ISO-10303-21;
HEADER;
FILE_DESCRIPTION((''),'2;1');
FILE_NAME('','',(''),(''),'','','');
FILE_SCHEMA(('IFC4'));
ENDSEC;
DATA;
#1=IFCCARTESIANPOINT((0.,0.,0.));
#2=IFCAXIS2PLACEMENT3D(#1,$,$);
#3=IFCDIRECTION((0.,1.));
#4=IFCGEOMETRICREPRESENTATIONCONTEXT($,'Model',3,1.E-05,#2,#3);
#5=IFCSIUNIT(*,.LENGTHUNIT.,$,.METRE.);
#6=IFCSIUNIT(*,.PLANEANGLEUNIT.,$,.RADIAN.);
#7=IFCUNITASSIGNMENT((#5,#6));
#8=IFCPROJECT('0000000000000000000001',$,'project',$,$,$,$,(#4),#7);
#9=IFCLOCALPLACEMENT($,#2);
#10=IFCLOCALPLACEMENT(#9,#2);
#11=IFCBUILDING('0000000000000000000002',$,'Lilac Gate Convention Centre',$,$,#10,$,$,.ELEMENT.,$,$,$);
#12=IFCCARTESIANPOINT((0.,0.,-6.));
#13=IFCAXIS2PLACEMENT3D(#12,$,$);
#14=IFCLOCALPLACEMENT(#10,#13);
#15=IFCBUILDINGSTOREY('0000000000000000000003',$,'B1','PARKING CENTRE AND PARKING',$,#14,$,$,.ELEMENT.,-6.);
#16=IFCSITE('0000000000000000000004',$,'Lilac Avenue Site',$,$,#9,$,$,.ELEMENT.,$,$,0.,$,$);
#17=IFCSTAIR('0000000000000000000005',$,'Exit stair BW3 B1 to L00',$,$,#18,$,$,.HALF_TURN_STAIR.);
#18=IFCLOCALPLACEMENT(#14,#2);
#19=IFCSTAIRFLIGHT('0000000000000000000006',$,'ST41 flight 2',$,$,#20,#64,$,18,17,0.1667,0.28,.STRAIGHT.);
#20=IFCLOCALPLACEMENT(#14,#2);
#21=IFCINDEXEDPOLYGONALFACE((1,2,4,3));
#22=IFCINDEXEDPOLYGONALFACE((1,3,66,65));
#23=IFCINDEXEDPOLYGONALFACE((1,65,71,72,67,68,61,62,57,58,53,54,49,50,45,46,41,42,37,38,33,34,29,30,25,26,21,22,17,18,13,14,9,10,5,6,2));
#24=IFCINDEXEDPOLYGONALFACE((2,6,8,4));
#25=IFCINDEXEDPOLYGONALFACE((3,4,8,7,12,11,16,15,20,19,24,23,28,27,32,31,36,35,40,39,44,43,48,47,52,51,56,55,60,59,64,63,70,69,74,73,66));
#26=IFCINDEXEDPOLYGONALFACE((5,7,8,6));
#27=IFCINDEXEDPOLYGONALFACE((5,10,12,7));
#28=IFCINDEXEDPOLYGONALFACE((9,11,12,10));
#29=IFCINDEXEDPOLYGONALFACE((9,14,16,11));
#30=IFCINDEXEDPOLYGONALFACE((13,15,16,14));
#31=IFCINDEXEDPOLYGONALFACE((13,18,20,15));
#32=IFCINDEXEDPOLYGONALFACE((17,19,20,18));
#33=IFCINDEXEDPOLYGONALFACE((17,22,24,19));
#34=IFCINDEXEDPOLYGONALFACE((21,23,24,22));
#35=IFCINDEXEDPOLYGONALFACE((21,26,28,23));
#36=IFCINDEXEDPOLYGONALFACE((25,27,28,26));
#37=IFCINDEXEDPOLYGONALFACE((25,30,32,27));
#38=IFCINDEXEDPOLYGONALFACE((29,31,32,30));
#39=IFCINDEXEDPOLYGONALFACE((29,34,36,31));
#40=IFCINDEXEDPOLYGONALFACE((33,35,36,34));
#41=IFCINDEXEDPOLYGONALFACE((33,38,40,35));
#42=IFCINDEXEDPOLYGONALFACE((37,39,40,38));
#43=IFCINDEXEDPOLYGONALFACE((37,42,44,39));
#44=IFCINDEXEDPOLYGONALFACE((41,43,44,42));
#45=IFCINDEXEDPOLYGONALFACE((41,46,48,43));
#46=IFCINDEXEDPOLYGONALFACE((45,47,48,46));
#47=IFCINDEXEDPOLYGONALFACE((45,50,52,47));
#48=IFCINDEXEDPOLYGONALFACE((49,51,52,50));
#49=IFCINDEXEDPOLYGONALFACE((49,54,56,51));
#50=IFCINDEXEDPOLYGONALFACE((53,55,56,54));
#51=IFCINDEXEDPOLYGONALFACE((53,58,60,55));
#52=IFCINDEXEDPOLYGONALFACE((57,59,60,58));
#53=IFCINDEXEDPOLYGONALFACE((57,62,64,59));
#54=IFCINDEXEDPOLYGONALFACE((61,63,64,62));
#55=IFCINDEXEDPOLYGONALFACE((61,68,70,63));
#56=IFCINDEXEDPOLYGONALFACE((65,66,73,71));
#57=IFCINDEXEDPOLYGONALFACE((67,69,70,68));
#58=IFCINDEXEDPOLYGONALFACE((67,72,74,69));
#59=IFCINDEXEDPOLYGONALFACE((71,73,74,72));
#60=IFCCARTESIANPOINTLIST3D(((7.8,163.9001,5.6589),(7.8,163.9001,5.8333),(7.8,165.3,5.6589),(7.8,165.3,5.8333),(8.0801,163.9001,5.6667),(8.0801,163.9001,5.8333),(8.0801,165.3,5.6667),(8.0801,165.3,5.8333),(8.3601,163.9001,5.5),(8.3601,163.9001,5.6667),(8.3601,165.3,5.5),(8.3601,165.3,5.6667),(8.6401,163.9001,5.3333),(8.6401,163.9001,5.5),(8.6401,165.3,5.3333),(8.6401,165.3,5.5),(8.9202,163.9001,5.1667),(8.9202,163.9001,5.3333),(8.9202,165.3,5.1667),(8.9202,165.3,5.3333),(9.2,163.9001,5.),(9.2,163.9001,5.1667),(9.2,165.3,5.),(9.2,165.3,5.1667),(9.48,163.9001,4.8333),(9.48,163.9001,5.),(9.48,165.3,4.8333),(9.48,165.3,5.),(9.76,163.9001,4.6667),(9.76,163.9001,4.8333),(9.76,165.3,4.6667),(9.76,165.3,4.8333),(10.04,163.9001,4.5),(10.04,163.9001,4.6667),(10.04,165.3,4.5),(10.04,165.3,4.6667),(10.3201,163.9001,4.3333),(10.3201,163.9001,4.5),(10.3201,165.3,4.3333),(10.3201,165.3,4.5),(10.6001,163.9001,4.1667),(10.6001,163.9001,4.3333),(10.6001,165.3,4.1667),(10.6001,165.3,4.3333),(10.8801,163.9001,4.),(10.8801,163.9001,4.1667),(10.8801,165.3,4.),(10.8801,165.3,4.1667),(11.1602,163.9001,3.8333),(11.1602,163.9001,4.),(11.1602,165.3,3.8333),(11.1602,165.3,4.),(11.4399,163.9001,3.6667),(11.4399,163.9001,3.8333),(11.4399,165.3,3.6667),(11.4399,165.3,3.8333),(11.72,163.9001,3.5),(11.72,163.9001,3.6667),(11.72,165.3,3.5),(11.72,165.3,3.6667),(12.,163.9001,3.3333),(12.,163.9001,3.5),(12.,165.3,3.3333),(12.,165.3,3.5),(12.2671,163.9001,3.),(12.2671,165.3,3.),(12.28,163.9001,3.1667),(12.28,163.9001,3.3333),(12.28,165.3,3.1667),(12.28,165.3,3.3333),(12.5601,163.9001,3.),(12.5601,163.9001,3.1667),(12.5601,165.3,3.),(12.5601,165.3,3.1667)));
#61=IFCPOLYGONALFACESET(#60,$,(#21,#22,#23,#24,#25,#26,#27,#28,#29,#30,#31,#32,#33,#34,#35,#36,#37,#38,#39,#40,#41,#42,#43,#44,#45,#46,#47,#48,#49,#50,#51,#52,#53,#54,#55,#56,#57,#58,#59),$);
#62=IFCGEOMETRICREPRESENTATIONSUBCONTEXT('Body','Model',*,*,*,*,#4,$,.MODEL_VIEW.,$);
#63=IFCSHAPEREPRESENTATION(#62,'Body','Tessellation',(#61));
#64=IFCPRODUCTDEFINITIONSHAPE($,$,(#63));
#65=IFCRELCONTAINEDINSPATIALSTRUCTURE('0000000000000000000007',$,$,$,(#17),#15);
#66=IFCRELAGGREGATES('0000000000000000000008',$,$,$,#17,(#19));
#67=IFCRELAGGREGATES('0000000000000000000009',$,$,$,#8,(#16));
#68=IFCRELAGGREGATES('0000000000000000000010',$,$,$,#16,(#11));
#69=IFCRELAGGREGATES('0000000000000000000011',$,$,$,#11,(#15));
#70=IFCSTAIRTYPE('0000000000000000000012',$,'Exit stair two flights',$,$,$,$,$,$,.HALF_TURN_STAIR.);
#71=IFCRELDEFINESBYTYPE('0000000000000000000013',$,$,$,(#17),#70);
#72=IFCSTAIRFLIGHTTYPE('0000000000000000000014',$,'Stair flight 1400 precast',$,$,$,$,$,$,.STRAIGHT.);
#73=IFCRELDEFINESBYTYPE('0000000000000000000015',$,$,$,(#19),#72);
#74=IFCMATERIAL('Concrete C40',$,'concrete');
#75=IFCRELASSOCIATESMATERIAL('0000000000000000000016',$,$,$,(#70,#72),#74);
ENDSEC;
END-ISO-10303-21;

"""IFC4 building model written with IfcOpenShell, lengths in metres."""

from ifc_helpers import new_model, si_unit, direction, frame, origin, place, context, subcontext, project, spatial, polyline, outline, extrude, material, type_object, element, aggregate, save


model = new_model("IFC4")

# Units and contexts
model_context = context("Model", 3, precision=1e-05, world=origin(), true_north=direction((0.0, 1.0)))
body_context = subcontext(model_context, "Body", "Model", "MODEL_VIEW")
ifc_project = project(units=[si_unit("LENGTHUNIT", "METRE"), si_unit("PLANEANGLEUNIT", "RADIAN")], contexts=[model_context])

# Site, building, storey
site_placement = place(None, origin())
site = spatial("IfcSite", under=ifc_project, at=site_placement, Name="Lilac Avenue Site", CompositionType="ELEMENT", RefElevation=0.0)
building_placement = place(site_placement, origin())
building = spatial("IfcBuilding", under=site, at=building_placement, Name="Lilac Gate Convention Centre", CompositionType="ELEMENT")
storey_placement = place(building_placement, frame((0.0, 0.0, -6.0)))
storey = spatial("IfcBuildingStorey", under=building, at=storey_placement, Name="B1", Description="PARKING CENTRE AND PARKING", CompositionType="ELEMENT", Elevation=-6.0)

# Shared definitions
ifc_material_1 = material(Name="Concrete C40", Category="concrete")

# Stair, stair flight
stair_type = type_object("IfcStairType", Name="Exit stair two flights", PredefinedType="HALF_TURN_STAIR", material=ifc_material_1)
stair_placement = place(storey_placement, origin())
stair = element("IfcStair", 1, at=stair_placement, inside=storey, type_object=stair_type, Name="Exit stair BW3 B1 to L00", PredefinedType="HALF_TURN_STAIR")
stair_flight_type = type_object("IfcStairFlightType", Name="Stair flight 1400 precast", PredefinedType="STRAIGHT", material=ifc_material_1)
stair_flight_1_placement = place(storey_placement, frame((12.5601, 164.6001, 3.0), z_axis=(0.0, 0.0, 1.0), x_axis=(-1.0, 0.0, 0.0)))
stair_flight_1 = element("IfcStairFlight", 2, at=stair_flight_1_placement, type_object=stair_flight_type, Name="ST41 flight 2", NumberOfRisers=18, NumberOfTreads=17, PredefinedType="STRAIGHT", RiserHeight=0.1667, TreadLength=0.28, context=body_context, shape_type="SweptSolid", body=[
    extrude(outline(polyline([(0.0, 0.0), (0.0, 0.1667), (0.28, 0.1667), (0.28, 0.3333), (0.5601, 0.3333), (0.5601, 0.5), (0.8401, 0.5), (0.8401, 0.6667), (1.1201, 0.6667), (1.1201, 0.8333), (1.3999, 0.8333), (1.3999, 1.0), (1.6799, 1.0), (1.6799, 1.1667), (1.96, 1.1667), (1.96, 1.3333), (2.24, 1.3333), (2.24, 1.5), (2.52, 1.5), (2.52, 1.6667), (2.8, 1.6667), (2.8, 1.8333), (3.0801, 1.8333), (3.0801, 2.0), (3.3601, 2.0), (3.3601, 2.1667), (3.6399, 2.1667), (3.6399, 2.3333), (3.9199, 2.3333), (3.9199, 2.5), (4.2, 2.5), (4.2, 2.6667), (4.48, 2.6667), (4.48, 2.8333), (4.76, 2.8333), (4.76, 3.0), (4.76, 2.6589), (0.293, 0.0), (0.0, 0.0)])), frame((0.0, 0.7, 0.0), z_axis=(0.0, -1.0, 0.0), x_axis=(1.0, 0.0, 0.0)), (0.0, 0.0, 1.0), 1.3999),
])
aggregate(stair, [stair_flight_1])

save(model, "model.ifc")
